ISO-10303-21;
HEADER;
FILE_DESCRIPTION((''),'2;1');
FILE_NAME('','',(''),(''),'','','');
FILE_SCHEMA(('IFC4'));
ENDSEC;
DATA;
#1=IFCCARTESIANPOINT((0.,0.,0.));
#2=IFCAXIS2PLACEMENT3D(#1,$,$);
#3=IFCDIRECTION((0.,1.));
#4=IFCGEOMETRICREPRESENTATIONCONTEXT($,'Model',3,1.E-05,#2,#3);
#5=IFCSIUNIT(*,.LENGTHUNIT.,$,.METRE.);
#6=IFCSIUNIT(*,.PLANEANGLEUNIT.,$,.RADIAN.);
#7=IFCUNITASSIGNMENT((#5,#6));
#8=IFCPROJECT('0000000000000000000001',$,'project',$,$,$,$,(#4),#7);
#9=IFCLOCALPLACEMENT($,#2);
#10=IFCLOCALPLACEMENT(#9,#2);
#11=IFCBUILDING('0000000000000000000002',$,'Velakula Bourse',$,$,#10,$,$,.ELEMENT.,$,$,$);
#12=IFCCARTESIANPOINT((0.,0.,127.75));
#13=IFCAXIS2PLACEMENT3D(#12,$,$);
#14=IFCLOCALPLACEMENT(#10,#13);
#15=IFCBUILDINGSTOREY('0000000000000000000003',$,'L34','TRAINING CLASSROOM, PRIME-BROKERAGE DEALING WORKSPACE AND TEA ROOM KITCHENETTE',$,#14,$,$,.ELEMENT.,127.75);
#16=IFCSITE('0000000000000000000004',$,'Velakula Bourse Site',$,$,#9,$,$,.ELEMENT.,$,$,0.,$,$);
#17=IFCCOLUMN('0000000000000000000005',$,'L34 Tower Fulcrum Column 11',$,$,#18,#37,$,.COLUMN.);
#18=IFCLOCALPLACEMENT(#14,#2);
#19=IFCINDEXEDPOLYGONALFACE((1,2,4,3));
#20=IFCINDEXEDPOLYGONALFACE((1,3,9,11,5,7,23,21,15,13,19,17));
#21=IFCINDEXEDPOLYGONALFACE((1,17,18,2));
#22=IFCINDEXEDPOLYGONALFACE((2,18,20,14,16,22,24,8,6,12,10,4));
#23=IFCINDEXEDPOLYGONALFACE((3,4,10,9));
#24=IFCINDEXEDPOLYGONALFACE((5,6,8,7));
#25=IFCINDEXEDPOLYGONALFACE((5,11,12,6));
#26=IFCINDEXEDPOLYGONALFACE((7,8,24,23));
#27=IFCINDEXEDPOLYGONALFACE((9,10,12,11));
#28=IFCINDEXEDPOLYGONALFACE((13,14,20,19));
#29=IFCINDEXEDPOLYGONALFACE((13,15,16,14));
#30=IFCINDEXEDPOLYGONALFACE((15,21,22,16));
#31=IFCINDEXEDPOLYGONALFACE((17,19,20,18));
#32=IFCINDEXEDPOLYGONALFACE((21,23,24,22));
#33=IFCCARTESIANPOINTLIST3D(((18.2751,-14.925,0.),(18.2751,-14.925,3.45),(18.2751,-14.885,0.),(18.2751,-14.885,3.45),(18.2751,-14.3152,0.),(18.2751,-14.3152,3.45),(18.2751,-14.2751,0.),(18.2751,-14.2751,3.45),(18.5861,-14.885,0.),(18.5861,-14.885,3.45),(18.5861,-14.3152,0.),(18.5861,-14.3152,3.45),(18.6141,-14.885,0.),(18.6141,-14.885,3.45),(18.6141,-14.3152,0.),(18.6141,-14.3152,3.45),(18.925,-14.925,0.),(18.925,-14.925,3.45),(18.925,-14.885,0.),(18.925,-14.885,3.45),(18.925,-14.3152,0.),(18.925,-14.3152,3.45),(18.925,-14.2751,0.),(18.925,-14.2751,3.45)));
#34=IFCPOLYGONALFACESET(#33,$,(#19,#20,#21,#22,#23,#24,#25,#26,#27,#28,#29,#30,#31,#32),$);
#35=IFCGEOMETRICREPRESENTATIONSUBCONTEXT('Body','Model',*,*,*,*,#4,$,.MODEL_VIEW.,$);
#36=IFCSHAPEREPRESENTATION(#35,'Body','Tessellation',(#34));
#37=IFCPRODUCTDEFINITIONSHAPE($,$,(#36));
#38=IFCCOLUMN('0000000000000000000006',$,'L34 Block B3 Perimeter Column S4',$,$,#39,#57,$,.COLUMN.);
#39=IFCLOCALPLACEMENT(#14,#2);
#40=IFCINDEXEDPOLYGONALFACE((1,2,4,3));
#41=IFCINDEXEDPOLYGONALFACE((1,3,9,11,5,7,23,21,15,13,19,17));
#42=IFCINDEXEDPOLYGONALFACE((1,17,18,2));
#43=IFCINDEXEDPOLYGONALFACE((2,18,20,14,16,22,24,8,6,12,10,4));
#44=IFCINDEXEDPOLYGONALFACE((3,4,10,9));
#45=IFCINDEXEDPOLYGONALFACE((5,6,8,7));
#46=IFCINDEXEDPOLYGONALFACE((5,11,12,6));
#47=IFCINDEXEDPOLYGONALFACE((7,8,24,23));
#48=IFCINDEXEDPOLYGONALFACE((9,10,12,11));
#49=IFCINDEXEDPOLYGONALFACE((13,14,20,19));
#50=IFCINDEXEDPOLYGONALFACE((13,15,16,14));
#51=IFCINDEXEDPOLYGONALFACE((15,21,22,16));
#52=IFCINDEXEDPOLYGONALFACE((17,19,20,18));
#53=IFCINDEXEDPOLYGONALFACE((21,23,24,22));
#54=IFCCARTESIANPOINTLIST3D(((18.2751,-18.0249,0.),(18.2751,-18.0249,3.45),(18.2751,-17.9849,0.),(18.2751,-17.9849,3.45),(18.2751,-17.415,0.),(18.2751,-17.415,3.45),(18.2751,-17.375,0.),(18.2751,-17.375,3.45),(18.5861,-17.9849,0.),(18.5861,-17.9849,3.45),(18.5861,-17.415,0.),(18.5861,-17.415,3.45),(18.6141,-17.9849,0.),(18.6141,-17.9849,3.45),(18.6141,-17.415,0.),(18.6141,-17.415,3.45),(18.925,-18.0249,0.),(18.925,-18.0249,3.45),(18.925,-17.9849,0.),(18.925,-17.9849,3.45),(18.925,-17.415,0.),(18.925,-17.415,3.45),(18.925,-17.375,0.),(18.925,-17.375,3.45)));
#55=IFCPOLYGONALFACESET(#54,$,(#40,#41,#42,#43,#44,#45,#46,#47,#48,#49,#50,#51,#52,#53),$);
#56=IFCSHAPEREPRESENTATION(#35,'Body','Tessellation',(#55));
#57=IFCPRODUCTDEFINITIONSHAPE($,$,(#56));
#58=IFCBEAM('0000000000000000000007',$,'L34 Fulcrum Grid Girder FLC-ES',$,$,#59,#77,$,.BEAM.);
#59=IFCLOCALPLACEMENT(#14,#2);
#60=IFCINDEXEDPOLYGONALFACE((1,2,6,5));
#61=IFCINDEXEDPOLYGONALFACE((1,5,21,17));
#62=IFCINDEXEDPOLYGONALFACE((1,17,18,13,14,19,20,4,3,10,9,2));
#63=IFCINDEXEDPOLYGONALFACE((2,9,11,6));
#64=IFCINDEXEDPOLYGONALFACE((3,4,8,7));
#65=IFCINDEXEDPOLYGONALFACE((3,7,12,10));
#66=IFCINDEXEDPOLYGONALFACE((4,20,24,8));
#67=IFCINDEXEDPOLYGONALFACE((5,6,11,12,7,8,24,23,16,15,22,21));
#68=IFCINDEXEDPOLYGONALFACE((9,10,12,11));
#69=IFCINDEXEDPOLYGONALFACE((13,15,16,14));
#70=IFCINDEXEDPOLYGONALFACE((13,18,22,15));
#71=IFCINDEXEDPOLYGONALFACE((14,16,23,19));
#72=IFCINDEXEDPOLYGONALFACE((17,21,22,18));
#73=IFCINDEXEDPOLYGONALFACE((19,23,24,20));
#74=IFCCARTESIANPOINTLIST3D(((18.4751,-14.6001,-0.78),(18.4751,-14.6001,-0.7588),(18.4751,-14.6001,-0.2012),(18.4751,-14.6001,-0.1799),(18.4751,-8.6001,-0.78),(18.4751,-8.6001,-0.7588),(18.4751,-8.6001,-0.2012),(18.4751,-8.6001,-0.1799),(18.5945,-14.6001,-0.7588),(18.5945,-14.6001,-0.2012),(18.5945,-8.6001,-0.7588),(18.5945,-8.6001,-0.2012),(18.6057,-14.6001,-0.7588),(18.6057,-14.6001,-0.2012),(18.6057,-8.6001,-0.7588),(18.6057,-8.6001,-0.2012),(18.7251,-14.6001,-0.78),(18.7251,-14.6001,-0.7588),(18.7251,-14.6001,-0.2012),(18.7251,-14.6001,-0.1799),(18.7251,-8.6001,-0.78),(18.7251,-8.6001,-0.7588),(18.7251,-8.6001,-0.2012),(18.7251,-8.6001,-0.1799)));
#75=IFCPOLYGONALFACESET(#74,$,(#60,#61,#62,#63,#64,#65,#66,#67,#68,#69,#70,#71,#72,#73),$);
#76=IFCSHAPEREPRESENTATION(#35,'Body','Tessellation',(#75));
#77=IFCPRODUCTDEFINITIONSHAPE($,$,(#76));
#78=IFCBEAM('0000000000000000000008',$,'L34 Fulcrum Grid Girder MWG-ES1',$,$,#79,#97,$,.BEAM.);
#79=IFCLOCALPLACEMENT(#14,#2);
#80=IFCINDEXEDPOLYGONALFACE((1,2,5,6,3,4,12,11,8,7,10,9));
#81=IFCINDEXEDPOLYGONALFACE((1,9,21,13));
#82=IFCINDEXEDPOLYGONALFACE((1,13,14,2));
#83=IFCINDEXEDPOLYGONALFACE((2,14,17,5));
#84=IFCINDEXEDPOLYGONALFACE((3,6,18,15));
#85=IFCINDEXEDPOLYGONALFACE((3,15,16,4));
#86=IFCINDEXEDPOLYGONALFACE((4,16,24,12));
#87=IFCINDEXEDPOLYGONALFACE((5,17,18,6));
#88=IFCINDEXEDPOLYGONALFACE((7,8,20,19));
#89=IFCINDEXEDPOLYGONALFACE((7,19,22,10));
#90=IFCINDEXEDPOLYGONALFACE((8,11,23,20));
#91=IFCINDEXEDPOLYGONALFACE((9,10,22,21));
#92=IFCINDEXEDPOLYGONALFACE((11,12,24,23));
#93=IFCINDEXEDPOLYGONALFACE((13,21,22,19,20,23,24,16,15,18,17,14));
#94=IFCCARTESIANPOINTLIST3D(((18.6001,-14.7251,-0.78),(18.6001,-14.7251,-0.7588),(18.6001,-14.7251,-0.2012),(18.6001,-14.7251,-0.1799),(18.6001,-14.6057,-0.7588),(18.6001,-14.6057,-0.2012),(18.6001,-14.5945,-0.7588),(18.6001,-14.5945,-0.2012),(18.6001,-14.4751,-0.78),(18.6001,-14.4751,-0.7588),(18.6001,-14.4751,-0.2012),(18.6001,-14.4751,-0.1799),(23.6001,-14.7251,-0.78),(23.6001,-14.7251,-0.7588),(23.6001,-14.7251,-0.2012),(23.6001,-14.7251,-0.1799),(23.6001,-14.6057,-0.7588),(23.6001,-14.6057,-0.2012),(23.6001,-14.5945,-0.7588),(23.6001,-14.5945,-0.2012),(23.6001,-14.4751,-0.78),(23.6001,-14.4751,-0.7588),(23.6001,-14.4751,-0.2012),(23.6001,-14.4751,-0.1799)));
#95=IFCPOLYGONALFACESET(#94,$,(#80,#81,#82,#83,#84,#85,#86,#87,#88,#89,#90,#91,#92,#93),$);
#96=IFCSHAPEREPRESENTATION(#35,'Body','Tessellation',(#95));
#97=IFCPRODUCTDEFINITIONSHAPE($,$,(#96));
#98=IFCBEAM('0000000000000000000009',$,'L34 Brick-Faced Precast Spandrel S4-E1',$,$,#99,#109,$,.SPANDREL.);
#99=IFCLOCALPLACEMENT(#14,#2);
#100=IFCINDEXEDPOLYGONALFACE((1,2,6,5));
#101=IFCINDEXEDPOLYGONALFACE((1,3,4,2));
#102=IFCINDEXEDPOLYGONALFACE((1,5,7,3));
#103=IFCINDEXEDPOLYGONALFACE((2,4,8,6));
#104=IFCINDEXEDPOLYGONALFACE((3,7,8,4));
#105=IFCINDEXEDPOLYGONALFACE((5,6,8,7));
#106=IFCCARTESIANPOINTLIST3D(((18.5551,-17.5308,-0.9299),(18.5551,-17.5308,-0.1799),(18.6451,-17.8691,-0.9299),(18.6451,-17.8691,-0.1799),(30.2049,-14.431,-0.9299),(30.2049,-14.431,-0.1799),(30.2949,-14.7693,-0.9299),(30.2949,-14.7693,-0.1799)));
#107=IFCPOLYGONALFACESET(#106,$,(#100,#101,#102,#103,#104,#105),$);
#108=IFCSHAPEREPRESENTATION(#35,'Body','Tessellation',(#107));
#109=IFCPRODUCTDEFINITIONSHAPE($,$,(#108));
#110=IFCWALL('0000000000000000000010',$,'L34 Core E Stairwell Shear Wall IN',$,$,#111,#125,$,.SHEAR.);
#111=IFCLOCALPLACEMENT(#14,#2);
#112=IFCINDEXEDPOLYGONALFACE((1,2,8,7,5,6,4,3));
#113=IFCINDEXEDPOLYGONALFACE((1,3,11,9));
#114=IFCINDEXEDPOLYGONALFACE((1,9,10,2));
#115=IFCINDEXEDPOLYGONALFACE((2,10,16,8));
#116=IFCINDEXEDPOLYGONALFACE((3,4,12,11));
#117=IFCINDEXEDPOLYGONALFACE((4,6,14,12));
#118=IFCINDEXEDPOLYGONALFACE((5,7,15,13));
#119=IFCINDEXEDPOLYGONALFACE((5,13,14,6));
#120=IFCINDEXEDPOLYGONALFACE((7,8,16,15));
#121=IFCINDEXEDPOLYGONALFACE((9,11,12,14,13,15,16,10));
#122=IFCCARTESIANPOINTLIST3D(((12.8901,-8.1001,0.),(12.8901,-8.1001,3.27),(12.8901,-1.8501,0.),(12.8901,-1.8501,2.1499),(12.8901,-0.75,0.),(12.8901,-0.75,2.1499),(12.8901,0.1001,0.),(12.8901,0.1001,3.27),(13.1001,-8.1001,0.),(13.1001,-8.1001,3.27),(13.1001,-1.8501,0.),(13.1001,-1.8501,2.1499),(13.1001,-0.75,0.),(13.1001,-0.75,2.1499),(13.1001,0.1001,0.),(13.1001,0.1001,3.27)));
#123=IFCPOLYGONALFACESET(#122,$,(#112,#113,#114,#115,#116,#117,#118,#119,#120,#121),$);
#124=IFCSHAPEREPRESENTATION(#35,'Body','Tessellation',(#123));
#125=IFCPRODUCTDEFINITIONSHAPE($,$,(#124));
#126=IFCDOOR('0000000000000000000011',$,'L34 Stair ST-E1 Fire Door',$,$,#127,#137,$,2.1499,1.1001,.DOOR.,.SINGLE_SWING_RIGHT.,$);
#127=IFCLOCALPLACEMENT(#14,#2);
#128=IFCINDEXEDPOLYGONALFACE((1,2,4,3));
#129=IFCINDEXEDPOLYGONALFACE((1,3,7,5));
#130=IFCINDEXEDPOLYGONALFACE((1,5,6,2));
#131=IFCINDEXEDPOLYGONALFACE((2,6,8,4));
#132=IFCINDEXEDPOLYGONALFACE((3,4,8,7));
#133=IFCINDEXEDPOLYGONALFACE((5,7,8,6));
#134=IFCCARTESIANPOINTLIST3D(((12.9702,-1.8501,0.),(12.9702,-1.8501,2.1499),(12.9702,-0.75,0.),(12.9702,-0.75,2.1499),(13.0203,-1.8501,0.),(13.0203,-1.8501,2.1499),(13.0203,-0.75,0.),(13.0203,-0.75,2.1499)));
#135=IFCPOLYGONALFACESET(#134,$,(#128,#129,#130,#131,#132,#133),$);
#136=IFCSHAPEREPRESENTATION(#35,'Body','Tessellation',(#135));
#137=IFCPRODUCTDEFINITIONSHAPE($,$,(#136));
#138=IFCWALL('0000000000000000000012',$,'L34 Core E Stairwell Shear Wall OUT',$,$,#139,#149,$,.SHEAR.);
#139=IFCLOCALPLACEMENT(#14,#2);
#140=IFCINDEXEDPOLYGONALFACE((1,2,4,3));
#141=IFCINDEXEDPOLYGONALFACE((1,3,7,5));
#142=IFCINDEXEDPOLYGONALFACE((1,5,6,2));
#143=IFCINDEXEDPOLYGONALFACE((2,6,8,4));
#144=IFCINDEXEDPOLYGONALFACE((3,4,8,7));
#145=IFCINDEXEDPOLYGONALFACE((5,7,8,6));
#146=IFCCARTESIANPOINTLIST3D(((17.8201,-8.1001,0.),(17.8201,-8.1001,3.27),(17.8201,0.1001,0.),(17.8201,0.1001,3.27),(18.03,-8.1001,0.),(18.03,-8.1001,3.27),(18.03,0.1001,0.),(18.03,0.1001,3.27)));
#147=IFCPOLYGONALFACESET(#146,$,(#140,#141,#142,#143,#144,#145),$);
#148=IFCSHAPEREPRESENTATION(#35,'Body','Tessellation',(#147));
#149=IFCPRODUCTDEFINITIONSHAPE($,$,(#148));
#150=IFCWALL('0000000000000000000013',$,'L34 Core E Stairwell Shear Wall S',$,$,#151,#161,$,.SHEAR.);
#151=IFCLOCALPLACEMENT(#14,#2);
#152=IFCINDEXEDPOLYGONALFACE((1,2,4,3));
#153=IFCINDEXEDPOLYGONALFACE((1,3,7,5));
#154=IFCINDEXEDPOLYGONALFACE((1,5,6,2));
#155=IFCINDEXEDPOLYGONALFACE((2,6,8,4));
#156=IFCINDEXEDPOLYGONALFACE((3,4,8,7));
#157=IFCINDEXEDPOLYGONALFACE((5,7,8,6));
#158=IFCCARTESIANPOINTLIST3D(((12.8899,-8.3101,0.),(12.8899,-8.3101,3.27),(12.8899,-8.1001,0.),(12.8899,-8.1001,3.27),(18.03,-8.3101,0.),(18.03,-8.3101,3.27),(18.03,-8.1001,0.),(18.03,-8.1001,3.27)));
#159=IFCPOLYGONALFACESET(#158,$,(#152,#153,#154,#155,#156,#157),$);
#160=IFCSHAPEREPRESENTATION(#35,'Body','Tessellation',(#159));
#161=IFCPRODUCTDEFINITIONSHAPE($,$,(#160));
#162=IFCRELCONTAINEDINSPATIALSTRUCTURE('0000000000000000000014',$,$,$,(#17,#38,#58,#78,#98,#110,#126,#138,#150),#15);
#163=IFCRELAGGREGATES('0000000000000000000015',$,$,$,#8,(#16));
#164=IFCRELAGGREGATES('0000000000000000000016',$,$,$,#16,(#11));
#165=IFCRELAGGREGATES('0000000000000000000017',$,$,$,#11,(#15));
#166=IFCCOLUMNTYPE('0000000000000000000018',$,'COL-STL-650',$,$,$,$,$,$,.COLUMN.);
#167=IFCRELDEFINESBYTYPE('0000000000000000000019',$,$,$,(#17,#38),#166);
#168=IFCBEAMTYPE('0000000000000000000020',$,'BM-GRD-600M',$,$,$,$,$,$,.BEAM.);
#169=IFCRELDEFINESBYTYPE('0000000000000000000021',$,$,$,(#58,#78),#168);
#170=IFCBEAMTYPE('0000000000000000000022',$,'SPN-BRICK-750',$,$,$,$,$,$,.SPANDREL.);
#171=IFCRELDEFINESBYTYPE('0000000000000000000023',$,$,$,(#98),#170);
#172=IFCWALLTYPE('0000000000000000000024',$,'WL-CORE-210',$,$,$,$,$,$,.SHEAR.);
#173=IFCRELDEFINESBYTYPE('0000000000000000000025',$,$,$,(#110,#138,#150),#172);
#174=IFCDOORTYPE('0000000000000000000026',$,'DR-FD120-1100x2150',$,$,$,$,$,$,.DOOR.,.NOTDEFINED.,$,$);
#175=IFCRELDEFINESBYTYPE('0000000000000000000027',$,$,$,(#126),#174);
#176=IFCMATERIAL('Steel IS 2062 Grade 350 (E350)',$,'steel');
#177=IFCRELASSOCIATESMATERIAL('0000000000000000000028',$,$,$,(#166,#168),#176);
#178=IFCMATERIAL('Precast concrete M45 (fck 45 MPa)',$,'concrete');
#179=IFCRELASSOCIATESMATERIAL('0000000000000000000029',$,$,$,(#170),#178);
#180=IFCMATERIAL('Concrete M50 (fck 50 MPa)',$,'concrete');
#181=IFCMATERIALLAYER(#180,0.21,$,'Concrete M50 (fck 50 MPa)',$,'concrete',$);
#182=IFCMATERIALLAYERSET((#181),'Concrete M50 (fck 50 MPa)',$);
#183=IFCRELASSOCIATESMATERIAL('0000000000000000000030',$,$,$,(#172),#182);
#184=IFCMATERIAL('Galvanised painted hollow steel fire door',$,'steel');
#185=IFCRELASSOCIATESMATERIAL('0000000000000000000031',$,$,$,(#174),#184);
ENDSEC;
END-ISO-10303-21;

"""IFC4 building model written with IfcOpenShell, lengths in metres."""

from ifc_helpers import new_model, si_unit, direction, frame, frame_2d, origin, origin_2d, place, context, subcontext, project, spatial, rectangle, i_section, extrude, material, layer, layer_set, material_profile, profile_set, type_object, element, fill, save


model = new_model("IFC4")

# Units and contexts
model_context = context("Model", 3, precision=1e-05, world=origin(), true_north=direction((0.0, 1.0)))
body_context = subcontext(model_context, "Body", "Model", "MODEL_VIEW")
ifc_project = project(units=[si_unit("LENGTHUNIT", "METRE"), si_unit("PLANEANGLEUNIT", "RADIAN")], contexts=[model_context])

# Site, building, storey
site_placement = place(None, origin())
site = spatial("IfcSite", under=ifc_project, at=site_placement, Name="Velakula Bourse Site", CompositionType="ELEMENT", RefElevation=0.0)
building_placement = place(site_placement, origin())
building = spatial("IfcBuilding", under=site, at=building_placement, Name="Velakula Bourse", CompositionType="ELEMENT")
storey_placement = place(building_placement, frame((0.0, 0.0, 127.75)))
storey = spatial("IfcBuildingStorey", under=building, at=storey_placement, Name="L34", Description="TRAINING CLASSROOM, PRIME-BROKERAGE DEALING WORKSPACE AND TEA ROOM KITCHENETTE", CompositionType="ELEMENT", Elevation=127.75)

# Columns
ifc_material_1 = material(Name="Steel IS 2062 Grade 350 (E350)", Category="steel")
ifc_material_profile_1 = material_profile(ifc_material_1, i_section(OverallWidth=0.6499, OverallDepth=0.6499, WebThickness=0.0281, FlangeThickness=0.04, at=origin_2d()), Name="Steel IS 2062 Grade 350 (E350)")
ifc_profile_set_1 = profile_set([ifc_material_profile_1], Name="Steel IS 2062 Grade 350 (E350)")
column_type = type_object("IfcColumnType", Name="COL-STL-650", PredefinedType="COLUMN", material=ifc_profile_set_1)
for number, where, z_axis, x_axis, name in (
    (1, (18.6001, -14.6001, 0.0), (0.0, 0.0, 1.0), (1.0, 0.0, 0.0), "L34 Tower Fulcrum Column 11"),
    (2, (18.6001, -17.7, 0.0), (0.0, 0.0, 1.0), (1.0, 0.0, 0.0), "L34 Block B3 Perimeter Column S4"),
):
    element("IfcColumn", number, at=place(storey_placement, frame(where, z_axis=z_axis, x_axis=x_axis)), inside=storey, type_object=column_type, Name=name, PredefinedType="COLUMN", context=body_context, shape_type="SweptSolid", body=[
        extrude(i_section(OverallWidth=0.6499, OverallDepth=0.6499, WebThickness=0.0281, FlangeThickness=0.04, at=origin_2d()), origin(), (0.0, 0.0, 1.0), 3.45),
    ])

# Beams
ifc_material_profile_2 = material_profile(ifc_material_1, i_section(OverallWidth=0.25, OverallDepth=0.6001, WebThickness=0.0112, FlangeThickness=0.0212, at=origin_2d()), Name="Steel IS 2062 Grade 350 (E350)")
ifc_profile_set_2 = profile_set([ifc_material_profile_2], Name="Steel IS 2062 Grade 350 (E350)")
beam_type_1 = type_object("IfcBeamType", Name="BM-GRD-600M", PredefinedType="BEAM", material=ifc_profile_set_2)
beam_1_placement = place(storey_placement, frame((18.6001, -14.6001, -0.48), z_axis=(0.0, 1.0, 0.0), x_axis=(-1.0, 0.0, 0.0)))
element("IfcBeam", 3, at=beam_1_placement, inside=storey, type_object=beam_type_1, Name="L34 Fulcrum Grid Girder FLC-ES", PredefinedType="BEAM", context=body_context, shape_type="SweptSolid", body=[
    extrude(i_section(OverallWidth=0.25, OverallDepth=0.6001, WebThickness=0.0112, FlangeThickness=0.0212, at=origin_2d()), origin(), (0.0, 0.0, 1.0), 6.0),
])
beam_2_placement = place(storey_placement, frame((18.6001, -14.6001, -0.48), z_axis=(1.0, 0.0, 0.0), x_axis=(0.0, 1.0, 0.0)))
element("IfcBeam", 4, at=beam_2_placement, inside=storey, type_object=beam_type_1, Name="L34 Fulcrum Grid Girder MWG-ES1", PredefinedType="BEAM", context=body_context, shape_type="SweptSolid", body=[
    extrude(i_section(OverallWidth=0.25, OverallDepth=0.6001, WebThickness=0.0112, FlangeThickness=0.0212, at=origin_2d()), origin(), (0.0, 0.0, 1.0), 5.0),
])
ifc_material_2 = material(Name="Precast concrete M45 (fck 45 MPa)", Category="concrete")
ifc_material_profile_3 = material_profile(ifc_material_2, rectangle(XDim=0.3501, YDim=0.75, at=origin_2d()), Name="Precast concrete M45 (fck 45 MPa)")
ifc_profile_set_3 = profile_set([ifc_material_profile_3], Name="Precast concrete M45 (fck 45 MPa)")
beam_type_2 = type_object("IfcBeamType", Name="SPN-BRICK-750", PredefinedType="SPANDREL", material=ifc_profile_set_3)
beam_3_placement = place(storey_placement, frame((18.6001, -17.7, -0.5549), z_axis=(0.966375, 0.257137, 0.0), x_axis=(-0.257137, 0.966375, 0.0)))
element("IfcBeam", 5, at=beam_3_placement, inside=storey, type_object=beam_type_2, Name="L34 Brick-Faced Precast Spandrel S4-E1", PredefinedType="SPANDREL", context=body_context, shape_type="SweptSolid", body=[
    extrude(rectangle(XDim=0.3501, YDim=0.75, at=origin_2d()), origin(), (0.0, 0.0, 1.0), 12.0552),
])

# Wall, opening, door
ifc_material_3 = material(Name="Concrete M50 (fck 50 MPa)", Category="concrete")
ifc_layer_1 = layer(ifc_material_3, 0.21, Name="Concrete M50 (fck 50 MPa)", Category="concrete")
ifc_layer_set_1 = layer_set([ifc_layer_1], Name="Concrete M50 (fck 50 MPa)")
wall_type_1 = type_object("IfcWallType", Name="WL-CORE-210", PredefinedType="SHEAR", material=ifc_layer_set_1)
wall_1_placement = place(storey_placement, frame((12.9951, -8.1001, 0.0), z_axis=(0.0, 0.0, 1.0), x_axis=(0.0, 1.0, 0.0)))
wall_1 = element("IfcWall", 6, at=wall_1_placement, inside=storey, type_object=wall_type_1, Name="L34 Core E Stairwell Shear Wall IN", PredefinedType="SHEAR", context=body_context, shape_type="SweptSolid", body=[
    extrude(rectangle(XDim=8.2002, YDim=0.21, at=frame_2d((4.1001, 0.0))), origin(), (0.0, 0.0, 1.0), 3.27),
])
opening_1_placement = place(wall_1_placement, frame((6.25, 0.0, 0.0)))
opening_1 = element("IfcOpeningElement", 7, at=opening_1_placement, cuts=wall_1, PredefinedType="OPENING", context=body_context, shape_type="SweptSolid", body=[
    extrude(rectangle(XDim=1.1001, YDim=2.1499, at=frame_2d((0.55, 1.075))), frame((0.0, 0.115, 0.0), z_axis=(0.0, -1.0, 0.0), x_axis=(1.0, 0.0, 0.0)), (0.0, 0.0, 1.0), 0.23),
])
ifc_material_4 = material(Name="Galvanised painted hollow steel fire door", Category="steel")
door_type_1 = type_object("IfcDoorType", Name="DR-FD120-1100x2150", OperationType="NOTDEFINED", PredefinedType="DOOR", material=ifc_material_4)
door_1_placement = place(opening_1_placement, origin())
door_1 = element("IfcDoor", 8, at=door_1_placement, inside=storey, type_object=door_type_1, Name="L34 Stair ST-E1 Fire Door", OperationType="SINGLE_SWING_RIGHT", OverallHeight=2.1499, OverallWidth=1.1001, PredefinedType="DOOR", context=body_context, shape_type="SweptSolid", body=[
    extrude(rectangle(XDim=1.1001, YDim=2.1499, at=frame_2d((0.55, 1.075))), frame((0.0, 0.0249, 0.0), z_axis=(0.0, -1.0, 0.0), x_axis=(1.0, 0.0, 0.0)), (0.0, 0.0, 1.0), 0.05),
])
fill(opening_1, door_1)

# Walls
wall_2_placement = place(storey_placement, frame((17.925, -8.1001, 0.0), z_axis=(0.0, 0.0, 1.0), x_axis=(0.0, 1.0, 0.0)))
element("IfcWall", 9, at=wall_2_placement, inside=storey, type_object=wall_type_1, Name="L34 Core E Stairwell Shear Wall OUT", PredefinedType="SHEAR", context=body_context, shape_type="SweptSolid", body=[
    extrude(rectangle(XDim=8.2002, YDim=0.21, at=frame_2d((4.1001, 0.0))), origin(), (0.0, 0.0, 1.0), 3.27),
])
wall_3_placement = place(storey_placement, frame((12.8899, -8.2051, 0.0), z_axis=(0.0, 0.0, 1.0), x_axis=(1.0, 0.0, 0.0)))
element("IfcWall", 10, at=wall_3_placement, inside=storey, type_object=wall_type_1, Name="L34 Core E Stairwell Shear Wall S", PredefinedType="SHEAR", context=body_context, shape_type="SweptSolid", body=[
    extrude(rectangle(XDim=5.1401, YDim=0.21, at=frame_2d((2.5701, 0.0))), origin(), (0.0, 0.0, 1.0), 3.27),
])

save(model, "model.ifc")
